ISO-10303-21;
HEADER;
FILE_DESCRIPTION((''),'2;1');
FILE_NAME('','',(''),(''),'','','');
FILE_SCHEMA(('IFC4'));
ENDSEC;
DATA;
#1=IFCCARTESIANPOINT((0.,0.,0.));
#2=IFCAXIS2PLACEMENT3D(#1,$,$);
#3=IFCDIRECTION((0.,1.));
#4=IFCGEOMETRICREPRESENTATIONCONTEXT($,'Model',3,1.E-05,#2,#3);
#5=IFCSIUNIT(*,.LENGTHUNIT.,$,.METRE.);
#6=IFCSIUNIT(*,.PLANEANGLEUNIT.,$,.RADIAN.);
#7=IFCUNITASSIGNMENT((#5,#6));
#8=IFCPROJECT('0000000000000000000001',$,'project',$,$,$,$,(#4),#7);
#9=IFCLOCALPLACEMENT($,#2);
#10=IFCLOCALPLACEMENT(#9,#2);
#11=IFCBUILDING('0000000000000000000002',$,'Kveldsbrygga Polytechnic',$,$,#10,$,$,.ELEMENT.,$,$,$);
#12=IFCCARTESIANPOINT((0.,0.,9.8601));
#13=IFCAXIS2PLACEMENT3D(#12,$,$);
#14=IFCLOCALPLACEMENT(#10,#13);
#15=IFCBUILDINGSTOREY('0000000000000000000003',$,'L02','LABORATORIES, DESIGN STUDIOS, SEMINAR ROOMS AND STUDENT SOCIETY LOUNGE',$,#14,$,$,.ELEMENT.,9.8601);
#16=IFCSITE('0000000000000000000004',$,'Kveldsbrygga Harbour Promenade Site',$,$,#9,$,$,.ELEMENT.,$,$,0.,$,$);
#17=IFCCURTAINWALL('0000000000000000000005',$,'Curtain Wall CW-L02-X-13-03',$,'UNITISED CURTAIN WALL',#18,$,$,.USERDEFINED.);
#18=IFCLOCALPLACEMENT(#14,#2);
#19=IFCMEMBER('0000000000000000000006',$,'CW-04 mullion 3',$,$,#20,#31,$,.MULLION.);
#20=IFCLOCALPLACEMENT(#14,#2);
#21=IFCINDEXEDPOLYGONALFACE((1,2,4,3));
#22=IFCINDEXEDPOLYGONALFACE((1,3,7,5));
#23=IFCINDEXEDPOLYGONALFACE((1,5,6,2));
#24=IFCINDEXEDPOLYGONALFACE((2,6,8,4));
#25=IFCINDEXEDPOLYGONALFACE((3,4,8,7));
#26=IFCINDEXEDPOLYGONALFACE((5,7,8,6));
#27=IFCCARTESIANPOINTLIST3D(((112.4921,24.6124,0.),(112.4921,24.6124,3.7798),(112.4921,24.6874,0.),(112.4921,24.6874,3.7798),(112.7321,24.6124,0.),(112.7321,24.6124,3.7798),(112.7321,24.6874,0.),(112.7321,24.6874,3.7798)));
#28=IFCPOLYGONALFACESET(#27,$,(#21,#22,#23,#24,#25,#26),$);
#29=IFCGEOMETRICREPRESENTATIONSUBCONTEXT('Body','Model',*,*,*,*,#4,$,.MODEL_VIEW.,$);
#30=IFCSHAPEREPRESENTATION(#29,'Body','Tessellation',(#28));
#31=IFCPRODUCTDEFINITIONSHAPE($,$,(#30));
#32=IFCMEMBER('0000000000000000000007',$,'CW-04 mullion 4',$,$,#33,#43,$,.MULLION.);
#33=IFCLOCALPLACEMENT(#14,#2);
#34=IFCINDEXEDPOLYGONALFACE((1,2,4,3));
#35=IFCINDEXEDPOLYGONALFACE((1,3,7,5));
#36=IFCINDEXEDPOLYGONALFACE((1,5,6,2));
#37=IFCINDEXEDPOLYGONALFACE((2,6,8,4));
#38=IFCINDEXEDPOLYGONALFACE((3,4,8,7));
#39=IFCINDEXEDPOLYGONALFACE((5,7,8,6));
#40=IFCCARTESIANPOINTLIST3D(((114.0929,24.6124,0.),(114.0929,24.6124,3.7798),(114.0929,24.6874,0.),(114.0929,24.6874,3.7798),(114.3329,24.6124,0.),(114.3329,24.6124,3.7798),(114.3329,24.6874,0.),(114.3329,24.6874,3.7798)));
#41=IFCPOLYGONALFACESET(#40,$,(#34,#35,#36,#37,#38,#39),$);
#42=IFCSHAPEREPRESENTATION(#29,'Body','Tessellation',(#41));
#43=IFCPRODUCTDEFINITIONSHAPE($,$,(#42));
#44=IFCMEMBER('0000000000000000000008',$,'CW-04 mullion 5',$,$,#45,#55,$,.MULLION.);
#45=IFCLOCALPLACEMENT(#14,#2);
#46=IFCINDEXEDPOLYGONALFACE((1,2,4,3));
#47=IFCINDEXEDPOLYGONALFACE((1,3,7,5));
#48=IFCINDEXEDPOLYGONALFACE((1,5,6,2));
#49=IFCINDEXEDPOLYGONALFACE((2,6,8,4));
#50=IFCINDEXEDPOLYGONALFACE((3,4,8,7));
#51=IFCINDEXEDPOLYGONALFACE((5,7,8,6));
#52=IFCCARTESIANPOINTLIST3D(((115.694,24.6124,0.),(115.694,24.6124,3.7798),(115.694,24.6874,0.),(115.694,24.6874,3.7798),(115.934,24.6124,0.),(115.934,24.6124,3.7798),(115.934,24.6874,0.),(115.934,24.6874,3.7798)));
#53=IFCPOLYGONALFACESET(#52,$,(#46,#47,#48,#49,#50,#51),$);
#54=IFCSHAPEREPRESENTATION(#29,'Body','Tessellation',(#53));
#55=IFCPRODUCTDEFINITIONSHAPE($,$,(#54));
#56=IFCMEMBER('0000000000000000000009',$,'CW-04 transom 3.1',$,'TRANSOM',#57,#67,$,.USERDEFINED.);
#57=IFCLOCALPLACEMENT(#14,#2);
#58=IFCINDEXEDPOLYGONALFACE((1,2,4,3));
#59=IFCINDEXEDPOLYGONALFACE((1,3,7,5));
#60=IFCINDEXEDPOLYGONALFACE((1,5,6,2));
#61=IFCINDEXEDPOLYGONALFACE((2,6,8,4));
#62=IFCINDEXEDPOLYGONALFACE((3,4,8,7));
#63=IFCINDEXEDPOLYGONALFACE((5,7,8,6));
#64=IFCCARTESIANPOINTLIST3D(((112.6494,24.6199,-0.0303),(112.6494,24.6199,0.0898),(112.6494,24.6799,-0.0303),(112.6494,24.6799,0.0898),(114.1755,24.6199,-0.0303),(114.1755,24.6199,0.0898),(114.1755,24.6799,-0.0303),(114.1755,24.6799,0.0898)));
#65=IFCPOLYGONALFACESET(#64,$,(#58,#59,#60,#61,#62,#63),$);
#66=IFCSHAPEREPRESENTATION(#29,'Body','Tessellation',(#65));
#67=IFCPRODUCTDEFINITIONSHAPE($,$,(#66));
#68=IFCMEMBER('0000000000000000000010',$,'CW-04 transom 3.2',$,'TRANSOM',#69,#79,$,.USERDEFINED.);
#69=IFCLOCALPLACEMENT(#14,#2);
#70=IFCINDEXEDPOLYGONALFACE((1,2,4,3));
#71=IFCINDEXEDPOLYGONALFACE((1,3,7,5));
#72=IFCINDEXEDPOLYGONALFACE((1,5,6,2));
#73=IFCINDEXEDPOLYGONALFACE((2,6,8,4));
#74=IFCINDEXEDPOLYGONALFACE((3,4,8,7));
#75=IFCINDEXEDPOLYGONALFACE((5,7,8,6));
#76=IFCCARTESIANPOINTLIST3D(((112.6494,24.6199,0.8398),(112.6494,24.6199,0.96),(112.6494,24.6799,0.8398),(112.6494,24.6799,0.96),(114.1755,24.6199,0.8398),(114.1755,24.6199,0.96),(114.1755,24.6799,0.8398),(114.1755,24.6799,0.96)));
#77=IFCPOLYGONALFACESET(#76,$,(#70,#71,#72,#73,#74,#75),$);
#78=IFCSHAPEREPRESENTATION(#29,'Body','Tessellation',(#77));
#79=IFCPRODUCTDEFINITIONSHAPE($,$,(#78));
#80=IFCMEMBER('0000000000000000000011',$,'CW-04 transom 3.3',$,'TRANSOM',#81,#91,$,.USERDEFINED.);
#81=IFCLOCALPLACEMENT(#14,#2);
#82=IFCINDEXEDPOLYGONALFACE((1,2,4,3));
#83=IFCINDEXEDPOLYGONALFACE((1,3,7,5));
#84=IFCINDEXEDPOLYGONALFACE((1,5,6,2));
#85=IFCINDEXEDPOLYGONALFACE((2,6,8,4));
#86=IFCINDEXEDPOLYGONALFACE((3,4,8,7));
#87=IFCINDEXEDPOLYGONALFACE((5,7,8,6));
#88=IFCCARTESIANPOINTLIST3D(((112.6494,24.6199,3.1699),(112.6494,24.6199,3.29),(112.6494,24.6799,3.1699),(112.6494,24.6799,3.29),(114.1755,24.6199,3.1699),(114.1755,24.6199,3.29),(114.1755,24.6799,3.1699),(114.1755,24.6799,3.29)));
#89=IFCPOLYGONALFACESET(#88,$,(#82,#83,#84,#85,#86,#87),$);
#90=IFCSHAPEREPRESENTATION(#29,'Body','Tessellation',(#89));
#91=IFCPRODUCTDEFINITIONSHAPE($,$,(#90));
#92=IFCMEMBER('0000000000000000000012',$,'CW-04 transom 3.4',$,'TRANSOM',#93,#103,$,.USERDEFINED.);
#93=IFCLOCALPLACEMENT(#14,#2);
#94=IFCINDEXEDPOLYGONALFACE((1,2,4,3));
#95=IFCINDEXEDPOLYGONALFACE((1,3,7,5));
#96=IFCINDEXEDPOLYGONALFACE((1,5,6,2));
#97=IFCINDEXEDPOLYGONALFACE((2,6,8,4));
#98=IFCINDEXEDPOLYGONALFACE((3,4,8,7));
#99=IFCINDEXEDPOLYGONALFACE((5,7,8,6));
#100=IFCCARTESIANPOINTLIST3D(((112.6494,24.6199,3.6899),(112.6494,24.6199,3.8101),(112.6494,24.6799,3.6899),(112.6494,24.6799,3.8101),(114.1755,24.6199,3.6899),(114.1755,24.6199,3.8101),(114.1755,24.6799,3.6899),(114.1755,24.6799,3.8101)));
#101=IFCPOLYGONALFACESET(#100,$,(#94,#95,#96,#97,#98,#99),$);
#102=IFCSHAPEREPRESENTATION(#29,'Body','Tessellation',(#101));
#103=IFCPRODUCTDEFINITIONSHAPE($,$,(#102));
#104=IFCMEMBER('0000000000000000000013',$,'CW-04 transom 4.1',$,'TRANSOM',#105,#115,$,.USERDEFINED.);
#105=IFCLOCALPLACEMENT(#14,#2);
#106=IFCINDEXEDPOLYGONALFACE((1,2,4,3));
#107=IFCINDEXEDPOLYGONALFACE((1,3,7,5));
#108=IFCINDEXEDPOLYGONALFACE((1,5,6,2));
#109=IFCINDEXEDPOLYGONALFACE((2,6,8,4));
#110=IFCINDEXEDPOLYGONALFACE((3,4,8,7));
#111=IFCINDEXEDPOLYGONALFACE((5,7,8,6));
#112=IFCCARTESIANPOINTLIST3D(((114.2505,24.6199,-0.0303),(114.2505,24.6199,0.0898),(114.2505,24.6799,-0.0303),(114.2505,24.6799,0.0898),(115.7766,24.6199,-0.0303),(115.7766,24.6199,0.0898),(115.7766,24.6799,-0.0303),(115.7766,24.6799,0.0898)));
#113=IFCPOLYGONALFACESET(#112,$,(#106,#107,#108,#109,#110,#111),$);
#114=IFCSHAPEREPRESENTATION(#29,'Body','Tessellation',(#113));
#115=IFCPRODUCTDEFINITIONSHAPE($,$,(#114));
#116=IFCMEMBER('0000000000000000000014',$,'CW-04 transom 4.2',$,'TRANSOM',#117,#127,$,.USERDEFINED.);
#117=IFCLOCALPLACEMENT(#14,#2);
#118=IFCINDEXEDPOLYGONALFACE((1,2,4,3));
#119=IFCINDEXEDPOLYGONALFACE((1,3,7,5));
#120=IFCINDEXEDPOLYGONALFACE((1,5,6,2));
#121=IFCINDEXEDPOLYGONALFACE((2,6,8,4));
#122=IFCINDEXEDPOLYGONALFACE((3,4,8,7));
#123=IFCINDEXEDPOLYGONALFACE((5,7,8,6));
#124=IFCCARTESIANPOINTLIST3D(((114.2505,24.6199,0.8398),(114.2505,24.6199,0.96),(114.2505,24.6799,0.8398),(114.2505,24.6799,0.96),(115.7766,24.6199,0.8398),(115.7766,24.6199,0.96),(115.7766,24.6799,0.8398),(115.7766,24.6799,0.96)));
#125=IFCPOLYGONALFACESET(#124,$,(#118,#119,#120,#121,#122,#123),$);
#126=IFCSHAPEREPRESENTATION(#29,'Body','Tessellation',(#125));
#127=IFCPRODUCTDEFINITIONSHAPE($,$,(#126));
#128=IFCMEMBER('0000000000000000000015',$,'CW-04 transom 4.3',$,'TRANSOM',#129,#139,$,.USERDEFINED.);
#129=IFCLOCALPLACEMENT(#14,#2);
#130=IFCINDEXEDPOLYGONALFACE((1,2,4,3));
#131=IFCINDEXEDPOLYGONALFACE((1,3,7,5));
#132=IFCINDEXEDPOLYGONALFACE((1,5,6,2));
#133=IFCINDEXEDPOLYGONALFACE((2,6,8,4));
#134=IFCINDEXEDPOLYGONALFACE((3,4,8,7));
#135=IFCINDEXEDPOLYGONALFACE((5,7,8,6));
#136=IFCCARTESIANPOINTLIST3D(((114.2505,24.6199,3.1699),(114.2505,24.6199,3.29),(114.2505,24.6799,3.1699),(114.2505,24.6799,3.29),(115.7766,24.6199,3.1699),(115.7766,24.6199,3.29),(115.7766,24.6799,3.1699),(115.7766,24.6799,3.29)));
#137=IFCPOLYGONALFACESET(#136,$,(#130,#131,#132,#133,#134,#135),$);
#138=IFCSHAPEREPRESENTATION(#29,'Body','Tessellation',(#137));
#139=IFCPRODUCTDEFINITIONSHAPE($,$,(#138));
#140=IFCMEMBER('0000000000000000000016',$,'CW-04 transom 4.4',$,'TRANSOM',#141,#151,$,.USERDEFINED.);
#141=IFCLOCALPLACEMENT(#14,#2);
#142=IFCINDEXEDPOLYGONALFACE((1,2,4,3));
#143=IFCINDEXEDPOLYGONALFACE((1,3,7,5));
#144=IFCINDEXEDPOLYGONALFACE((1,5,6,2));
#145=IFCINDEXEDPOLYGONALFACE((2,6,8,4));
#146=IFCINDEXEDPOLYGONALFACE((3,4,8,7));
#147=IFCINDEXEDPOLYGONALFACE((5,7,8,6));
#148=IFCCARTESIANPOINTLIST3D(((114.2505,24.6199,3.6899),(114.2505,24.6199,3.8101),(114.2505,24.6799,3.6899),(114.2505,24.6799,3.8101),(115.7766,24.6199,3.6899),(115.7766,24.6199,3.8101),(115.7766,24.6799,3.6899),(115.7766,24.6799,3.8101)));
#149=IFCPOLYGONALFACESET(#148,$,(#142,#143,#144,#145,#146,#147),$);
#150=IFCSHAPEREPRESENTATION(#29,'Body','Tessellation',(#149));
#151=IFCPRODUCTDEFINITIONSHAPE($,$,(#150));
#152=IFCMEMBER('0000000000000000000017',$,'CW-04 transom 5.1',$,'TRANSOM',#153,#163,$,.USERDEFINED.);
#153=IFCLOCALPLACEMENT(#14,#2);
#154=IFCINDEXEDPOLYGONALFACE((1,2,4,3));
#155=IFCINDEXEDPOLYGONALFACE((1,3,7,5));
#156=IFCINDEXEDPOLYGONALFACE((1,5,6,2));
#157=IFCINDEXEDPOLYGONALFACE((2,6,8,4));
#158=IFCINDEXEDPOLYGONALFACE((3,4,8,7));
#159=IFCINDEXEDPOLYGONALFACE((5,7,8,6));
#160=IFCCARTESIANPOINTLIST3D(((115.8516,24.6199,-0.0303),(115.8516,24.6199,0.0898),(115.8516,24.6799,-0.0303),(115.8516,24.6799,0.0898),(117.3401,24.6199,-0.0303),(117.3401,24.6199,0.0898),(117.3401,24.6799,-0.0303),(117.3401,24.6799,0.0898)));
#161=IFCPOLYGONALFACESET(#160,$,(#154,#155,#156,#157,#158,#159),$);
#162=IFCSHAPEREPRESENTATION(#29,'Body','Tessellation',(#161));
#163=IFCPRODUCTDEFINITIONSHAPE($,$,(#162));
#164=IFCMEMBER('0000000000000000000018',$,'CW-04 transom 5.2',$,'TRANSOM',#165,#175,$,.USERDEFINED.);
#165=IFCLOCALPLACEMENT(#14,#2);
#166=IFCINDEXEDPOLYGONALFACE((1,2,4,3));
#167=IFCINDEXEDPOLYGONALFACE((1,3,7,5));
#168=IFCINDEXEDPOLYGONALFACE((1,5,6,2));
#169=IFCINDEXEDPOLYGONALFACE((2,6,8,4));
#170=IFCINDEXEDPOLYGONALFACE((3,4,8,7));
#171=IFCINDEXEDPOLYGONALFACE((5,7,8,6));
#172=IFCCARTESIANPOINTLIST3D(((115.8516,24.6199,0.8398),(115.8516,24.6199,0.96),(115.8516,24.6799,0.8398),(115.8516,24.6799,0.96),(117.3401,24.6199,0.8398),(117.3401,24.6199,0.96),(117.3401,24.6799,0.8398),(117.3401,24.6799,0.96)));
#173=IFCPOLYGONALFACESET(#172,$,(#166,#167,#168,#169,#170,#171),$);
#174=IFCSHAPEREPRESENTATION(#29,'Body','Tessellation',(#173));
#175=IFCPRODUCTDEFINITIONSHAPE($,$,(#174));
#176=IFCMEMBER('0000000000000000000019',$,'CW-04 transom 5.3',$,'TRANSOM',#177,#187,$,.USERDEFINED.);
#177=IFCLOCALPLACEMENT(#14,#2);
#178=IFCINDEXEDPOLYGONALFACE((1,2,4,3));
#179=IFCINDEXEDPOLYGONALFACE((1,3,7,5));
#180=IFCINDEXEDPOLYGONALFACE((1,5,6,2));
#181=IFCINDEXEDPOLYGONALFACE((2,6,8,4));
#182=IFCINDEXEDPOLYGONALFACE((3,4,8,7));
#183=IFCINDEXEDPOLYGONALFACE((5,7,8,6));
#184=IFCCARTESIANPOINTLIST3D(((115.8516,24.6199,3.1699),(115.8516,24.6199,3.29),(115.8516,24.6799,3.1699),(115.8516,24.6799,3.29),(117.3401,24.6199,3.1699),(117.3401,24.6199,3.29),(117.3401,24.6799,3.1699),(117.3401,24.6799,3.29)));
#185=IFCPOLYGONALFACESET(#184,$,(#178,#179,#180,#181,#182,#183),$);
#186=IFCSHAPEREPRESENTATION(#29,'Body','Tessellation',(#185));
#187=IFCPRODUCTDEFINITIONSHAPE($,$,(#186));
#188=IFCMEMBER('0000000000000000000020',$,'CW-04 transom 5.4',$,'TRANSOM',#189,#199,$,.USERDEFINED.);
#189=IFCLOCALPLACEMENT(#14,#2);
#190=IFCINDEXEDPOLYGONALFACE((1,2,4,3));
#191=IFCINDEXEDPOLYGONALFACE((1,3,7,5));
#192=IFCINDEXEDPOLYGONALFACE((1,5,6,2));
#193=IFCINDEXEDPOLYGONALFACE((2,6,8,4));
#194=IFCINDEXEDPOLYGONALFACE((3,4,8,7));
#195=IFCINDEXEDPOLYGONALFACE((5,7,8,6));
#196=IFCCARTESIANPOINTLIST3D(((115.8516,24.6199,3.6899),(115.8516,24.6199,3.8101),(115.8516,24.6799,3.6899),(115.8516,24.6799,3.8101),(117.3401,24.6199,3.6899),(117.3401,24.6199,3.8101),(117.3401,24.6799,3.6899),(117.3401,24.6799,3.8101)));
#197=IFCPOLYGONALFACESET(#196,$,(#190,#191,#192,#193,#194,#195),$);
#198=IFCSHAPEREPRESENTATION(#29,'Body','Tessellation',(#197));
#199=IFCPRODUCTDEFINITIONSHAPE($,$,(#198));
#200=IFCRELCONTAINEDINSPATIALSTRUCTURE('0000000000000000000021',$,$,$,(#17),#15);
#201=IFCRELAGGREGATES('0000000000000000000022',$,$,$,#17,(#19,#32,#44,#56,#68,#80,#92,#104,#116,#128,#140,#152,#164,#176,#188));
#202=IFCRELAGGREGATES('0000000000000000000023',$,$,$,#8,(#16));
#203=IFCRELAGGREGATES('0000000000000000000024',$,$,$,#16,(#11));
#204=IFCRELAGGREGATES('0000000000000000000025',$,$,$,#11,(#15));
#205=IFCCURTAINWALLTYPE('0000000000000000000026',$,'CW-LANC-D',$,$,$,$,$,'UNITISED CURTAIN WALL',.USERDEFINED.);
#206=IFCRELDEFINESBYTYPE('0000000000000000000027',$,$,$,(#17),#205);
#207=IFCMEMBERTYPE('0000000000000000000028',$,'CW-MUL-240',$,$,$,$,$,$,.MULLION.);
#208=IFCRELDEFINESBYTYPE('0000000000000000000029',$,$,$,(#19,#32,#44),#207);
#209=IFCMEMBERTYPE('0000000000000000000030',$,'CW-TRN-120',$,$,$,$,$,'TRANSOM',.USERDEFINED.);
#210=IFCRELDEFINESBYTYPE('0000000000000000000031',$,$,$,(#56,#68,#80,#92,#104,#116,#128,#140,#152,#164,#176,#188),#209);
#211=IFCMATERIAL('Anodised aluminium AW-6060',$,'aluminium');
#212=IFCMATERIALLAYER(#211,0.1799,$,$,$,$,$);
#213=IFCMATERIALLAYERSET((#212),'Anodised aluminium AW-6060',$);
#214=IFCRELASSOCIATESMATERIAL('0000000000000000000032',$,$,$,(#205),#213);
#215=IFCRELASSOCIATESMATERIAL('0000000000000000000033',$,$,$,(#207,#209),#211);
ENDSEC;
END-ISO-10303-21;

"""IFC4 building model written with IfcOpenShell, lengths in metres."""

from ifc_helpers import new_model, si_unit, direction, frame, origin, origin_2d, place, context, subcontext, project, spatial, rectangle, extrude, material, layer, layer_set, material_profile, profile_set, type_object, element, aggregate, save


model = new_model("IFC4")

# Units and contexts
model_context = context("Model", 3, precision=1e-05, world=origin(), true_north=direction((0.0, 1.0)))
body_context = subcontext(model_context, "Body", "Model", "MODEL_VIEW")
ifc_project = project(units=[si_unit("LENGTHUNIT", "METRE"), si_unit("PLANEANGLEUNIT", "RADIAN")], contexts=[model_context])

# Site, building, storey
site_placement = place(None, origin())
site = spatial("IfcSite", under=ifc_project, at=site_placement, Name="Kveldsbrygga Harbour Promenade Site", CompositionType="ELEMENT", RefElevation=0.0)
building_placement = place(site_placement, origin())
building = spatial("IfcBuilding", under=site, at=building_placement, Name="Kveldsbrygga Polytechnic", CompositionType="ELEMENT")
storey_placement = place(building_placement, frame((0.0, 0.0, 9.8601)))
storey = spatial("IfcBuildingStorey", under=building, at=storey_placement, Name="L02", Description="LABORATORIES, DESIGN STUDIOS, SEMINAR ROOMS AND STUDENT SOCIETY LOUNGE", CompositionType="ELEMENT", Elevation=9.8601)

# Curtain wall, members
ifc_material_1 = material(Name="Anodised aluminium AW-6060", Category="aluminium")
ifc_layer_1 = layer(ifc_material_1, 0.1799)
ifc_layer_set_1 = layer_set([ifc_layer_1], Name="Anodised aluminium AW-6060")
curtain_wall_type = type_object("IfcCurtainWallType", Name="CW-LANC-D", ElementType="UNITISED CURTAIN WALL", PredefinedType="USERDEFINED", material=ifc_layer_set_1)
curtain_wall_placement = place(storey_placement, origin())
curtain_wall = element("IfcCurtainWall", 1, at=curtain_wall_placement, inside=storey, type_object=curtain_wall_type, Name="Curtain Wall CW-L02-X-13-03", ObjectType="UNITISED CURTAIN WALL", PredefinedType="USERDEFINED")
ifc_material_profile_1 = material_profile(ifc_material_1, rectangle(XDim=0.075, YDim=0.24, at=origin_2d()), Name="ALU 75x240")
ifc_profile_set_1 = profile_set([ifc_material_profile_1], Name="Anodised aluminium AW-6060")
member_type_1 = type_object("IfcMemberType", Name="CW-MUL-240", PredefinedType="MULLION", material=ifc_profile_set_1)
member_1_placement = place(storey_placement, frame((112.6121, 24.6499, 0.0), z_axis=(0.0, 0.0, 1.0), x_axis=(0.0, 1.0, 0.0)))
member_1 = element("IfcMember", 2, at=member_1_placement, type_object=member_type_1, Name="CW-04 mullion 3", PredefinedType="MULLION", context=body_context, shape_type="SweptSolid", body=[
    extrude(rectangle(XDim=0.075, YDim=0.24, at=origin_2d()), origin(), (0.0, 0.0, 1.0), 3.7798),
])
member_2_placement = place(storey_placement, frame((114.2129, 24.6499, 0.0), z_axis=(0.0, 0.0, 1.0), x_axis=(0.0, 1.0, 0.0)))
member_2 = element("IfcMember", 3, at=member_2_placement, type_object=member_type_1, Name="CW-04 mullion 4", PredefinedType="MULLION", context=body_context, shape_type="SweptSolid", body=[
    extrude(rectangle(XDim=0.075, YDim=0.24, at=origin_2d()), origin(), (0.0, 0.0, 1.0), 3.7798),
])
member_3_placement = place(storey_placement, frame((115.814, 24.6499, 0.0), z_axis=(0.0, 0.0, 1.0), x_axis=(0.0, 1.0, 0.0)))
member_3 = element("IfcMember", 4, at=member_3_placement, type_object=member_type_1, Name="CW-04 mullion 5", PredefinedType="MULLION", context=body_context, shape_type="SweptSolid", body=[
    extrude(rectangle(XDim=0.075, YDim=0.24, at=origin_2d()), origin(), (0.0, 0.0, 1.0), 3.7798),
])
ifc_material_profile_2 = material_profile(ifc_material_1, rectangle(XDim=0.0601, YDim=0.1201, at=origin_2d()), Name="ALU 60x120")
ifc_profile_set_2 = profile_set([ifc_material_profile_2], Name="Anodised aluminium AW-6060")
member_type_2 = type_object("IfcMemberType", Name="CW-TRN-120", ElementType="TRANSOM", PredefinedType="USERDEFINED", material=ifc_profile_set_2)
member_4_placement = place(storey_placement, frame((112.6494, 24.6499, 0.0298), z_axis=(1.0, 0.0, 0.0), x_axis=(0.0, 1.0, 0.0)))
member_4 = element("IfcMember", 5, at=member_4_placement, type_object=member_type_2, Name="CW-04 transom 3.1", ObjectType="TRANSOM", PredefinedType="USERDEFINED", context=body_context, shape_type="SweptSolid", body=[
    extrude(rectangle(XDim=0.0601, YDim=0.1201, at=origin_2d()), origin(), (0.0, 0.0, 1.0), 1.5261),
])
member_5_placement = place(storey_placement, frame((112.6494, 24.6499, 0.8999), z_axis=(1.0, 0.0, 0.0), x_axis=(0.0, 1.0, 0.0)))
member_5 = element("IfcMember", 6, at=member_5_placement, type_object=member_type_2, Name="CW-04 transom 3.2", ObjectType="TRANSOM", PredefinedType="USERDEFINED", context=body_context, shape_type="SweptSolid", body=[
    extrude(rectangle(XDim=0.0601, YDim=0.1201, at=origin_2d()), origin(), (0.0, 0.0, 1.0), 1.5261),
])
member_6_placement = place(storey_placement, frame((112.6494, 24.6499, 3.23), z_axis=(1.0, 0.0, 0.0), x_axis=(0.0, 1.0, 0.0)))
member_6 = element("IfcMember", 7, at=member_6_placement, type_object=member_type_2, Name="CW-04 transom 3.3", ObjectType="TRANSOM", PredefinedType="USERDEFINED", context=body_context, shape_type="SweptSolid", body=[
    extrude(rectangle(XDim=0.0601, YDim=0.1201, at=origin_2d()), origin(), (0.0, 0.0, 1.0), 1.5261),
])
member_7_placement = place(storey_placement, frame((112.6494, 24.6499, 3.75), z_axis=(1.0, 0.0, 0.0), x_axis=(0.0, 1.0, 0.0)))
member_7 = element("IfcMember", 8, at=member_7_placement, type_object=member_type_2, Name="CW-04 transom 3.4", ObjectType="TRANSOM", PredefinedType="USERDEFINED", context=body_context, shape_type="SweptSolid", body=[
    extrude(rectangle(XDim=0.0601, YDim=0.1201, at=origin_2d()), origin(), (0.0, 0.0, 1.0), 1.5261),
])
member_8_placement = place(storey_placement, frame((114.2505, 24.6499, 0.0298), z_axis=(1.0, 0.0, 0.0), x_axis=(0.0, 1.0, 0.0)))
member_8 = element("IfcMember", 9, at=member_8_placement, type_object=member_type_2, Name="CW-04 transom 4.1", ObjectType="TRANSOM", PredefinedType="USERDEFINED", context=body_context, shape_type="SweptSolid", body=[
    extrude(rectangle(XDim=0.0601, YDim=0.1201, at=origin_2d()), origin(), (0.0, 0.0, 1.0), 1.5261),
])
member_9_placement = place(storey_placement, frame((114.2505, 24.6499, 0.8999), z_axis=(1.0, 0.0, 0.0), x_axis=(0.0, 1.0, 0.0)))
member_9 = element("IfcMember", 10, at=member_9_placement, type_object=member_type_2, Name="CW-04 transom 4.2", ObjectType="TRANSOM", PredefinedType="USERDEFINED", context=body_context, shape_type="SweptSolid", body=[
    extrude(rectangle(XDim=0.0601, YDim=0.1201, at=origin_2d()), origin(), (0.0, 0.0, 1.0), 1.5261),
])
member_10_placement = place(storey_placement, frame((114.2505, 24.6499, 3.23), z_axis=(1.0, 0.0, 0.0), x_axis=(0.0, 1.0, 0.0)))
member_10 = element("IfcMember", 11, at=member_10_placement, type_object=member_type_2, Name="CW-04 transom 4.3", ObjectType="TRANSOM", PredefinedType="USERDEFINED", context=body_context, shape_type="SweptSolid", body=[
    extrude(rectangle(XDim=0.0601, YDim=0.1201, at=origin_2d()), origin(), (0.0, 0.0, 1.0), 1.5261),
])
member_11_placement = place(storey_placement, frame((114.2505, 24.6499, 3.75), z_axis=(1.0, 0.0, 0.0), x_axis=(0.0, 1.0, 0.0)))
member_11 = element("IfcMember", 12, at=member_11_placement, type_object=member_type_2, Name="CW-04 transom 4.4", ObjectType="TRANSOM", PredefinedType="USERDEFINED", context=body_context, shape_type="SweptSolid", body=[
    extrude(rectangle(XDim=0.0601, YDim=0.1201, at=origin_2d()), origin(), (0.0, 0.0, 1.0), 1.5261),
])
member_12_placement = place(storey_placement, frame((115.8516, 24.6499, 0.0298), z_axis=(1.0, 0.0, 0.0), x_axis=(0.0, 1.0, 0.0)))
member_12 = element("IfcMember", 13, at=member_12_placement, type_object=member_type_2, Name="CW-04 transom 5.1", ObjectType="TRANSOM", PredefinedType="USERDEFINED", context=body_context, shape_type="SweptSolid", body=[
    extrude(rectangle(XDim=0.0601, YDim=0.1201, at=origin_2d()), origin(), (0.0, 0.0, 1.0), 1.4885),
])
member_13_placement = place(storey_placement, frame((115.8516, 24.6499, 0.8999), z_axis=(1.0, 0.0, 0.0), x_axis=(0.0, 1.0, 0.0)))
member_13 = element("IfcMember", 14, at=member_13_placement, type_object=member_type_2, Name="CW-04 transom 5.2", ObjectType="TRANSOM", PredefinedType="USERDEFINED", context=body_context, shape_type="SweptSolid", body=[
    extrude(rectangle(XDim=0.0601, YDim=0.1201, at=origin_2d()), origin(), (0.0, 0.0, 1.0), 1.4885),
])
member_14_placement = place(storey_placement, frame((115.8516, 24.6499, 3.23), z_axis=(1.0, 0.0, 0.0), x_axis=(0.0, 1.0, 0.0)))
member_14 = element("IfcMember", 15, at=member_14_placement, type_object=member_type_2, Name="CW-04 transom 5.3", ObjectType="TRANSOM", PredefinedType="USERDEFINED", context=body_context, shape_type="SweptSolid", body=[
    extrude(rectangle(XDim=0.0601, YDim=0.1201, at=origin_2d()), origin(), (0.0, 0.0, 1.0), 1.4885),
])
member_15_placement = place(storey_placement, frame((115.8516, 24.6499, 3.75), z_axis=(1.0, 0.0, 0.0), x_axis=(0.0, 1.0, 0.0)))
member_15 = element("IfcMember", 16, at=member_15_placement, type_object=member_type_2, Name="CW-04 transom 5.4", ObjectType="TRANSOM", PredefinedType="USERDEFINED", context=body_context, shape_type="SweptSolid", body=[
    extrude(rectangle(XDim=0.0601, YDim=0.1201, at=origin_2d()), origin(), (0.0, 0.0, 1.0), 1.4885),
])
aggregate(curtain_wall, [member_1, member_2, member_3, member_4, member_5, member_6, member_7, member_8, member_9, member_10, member_11, member_12, member_13, member_14, member_15])

save(model, "model.ifc")
